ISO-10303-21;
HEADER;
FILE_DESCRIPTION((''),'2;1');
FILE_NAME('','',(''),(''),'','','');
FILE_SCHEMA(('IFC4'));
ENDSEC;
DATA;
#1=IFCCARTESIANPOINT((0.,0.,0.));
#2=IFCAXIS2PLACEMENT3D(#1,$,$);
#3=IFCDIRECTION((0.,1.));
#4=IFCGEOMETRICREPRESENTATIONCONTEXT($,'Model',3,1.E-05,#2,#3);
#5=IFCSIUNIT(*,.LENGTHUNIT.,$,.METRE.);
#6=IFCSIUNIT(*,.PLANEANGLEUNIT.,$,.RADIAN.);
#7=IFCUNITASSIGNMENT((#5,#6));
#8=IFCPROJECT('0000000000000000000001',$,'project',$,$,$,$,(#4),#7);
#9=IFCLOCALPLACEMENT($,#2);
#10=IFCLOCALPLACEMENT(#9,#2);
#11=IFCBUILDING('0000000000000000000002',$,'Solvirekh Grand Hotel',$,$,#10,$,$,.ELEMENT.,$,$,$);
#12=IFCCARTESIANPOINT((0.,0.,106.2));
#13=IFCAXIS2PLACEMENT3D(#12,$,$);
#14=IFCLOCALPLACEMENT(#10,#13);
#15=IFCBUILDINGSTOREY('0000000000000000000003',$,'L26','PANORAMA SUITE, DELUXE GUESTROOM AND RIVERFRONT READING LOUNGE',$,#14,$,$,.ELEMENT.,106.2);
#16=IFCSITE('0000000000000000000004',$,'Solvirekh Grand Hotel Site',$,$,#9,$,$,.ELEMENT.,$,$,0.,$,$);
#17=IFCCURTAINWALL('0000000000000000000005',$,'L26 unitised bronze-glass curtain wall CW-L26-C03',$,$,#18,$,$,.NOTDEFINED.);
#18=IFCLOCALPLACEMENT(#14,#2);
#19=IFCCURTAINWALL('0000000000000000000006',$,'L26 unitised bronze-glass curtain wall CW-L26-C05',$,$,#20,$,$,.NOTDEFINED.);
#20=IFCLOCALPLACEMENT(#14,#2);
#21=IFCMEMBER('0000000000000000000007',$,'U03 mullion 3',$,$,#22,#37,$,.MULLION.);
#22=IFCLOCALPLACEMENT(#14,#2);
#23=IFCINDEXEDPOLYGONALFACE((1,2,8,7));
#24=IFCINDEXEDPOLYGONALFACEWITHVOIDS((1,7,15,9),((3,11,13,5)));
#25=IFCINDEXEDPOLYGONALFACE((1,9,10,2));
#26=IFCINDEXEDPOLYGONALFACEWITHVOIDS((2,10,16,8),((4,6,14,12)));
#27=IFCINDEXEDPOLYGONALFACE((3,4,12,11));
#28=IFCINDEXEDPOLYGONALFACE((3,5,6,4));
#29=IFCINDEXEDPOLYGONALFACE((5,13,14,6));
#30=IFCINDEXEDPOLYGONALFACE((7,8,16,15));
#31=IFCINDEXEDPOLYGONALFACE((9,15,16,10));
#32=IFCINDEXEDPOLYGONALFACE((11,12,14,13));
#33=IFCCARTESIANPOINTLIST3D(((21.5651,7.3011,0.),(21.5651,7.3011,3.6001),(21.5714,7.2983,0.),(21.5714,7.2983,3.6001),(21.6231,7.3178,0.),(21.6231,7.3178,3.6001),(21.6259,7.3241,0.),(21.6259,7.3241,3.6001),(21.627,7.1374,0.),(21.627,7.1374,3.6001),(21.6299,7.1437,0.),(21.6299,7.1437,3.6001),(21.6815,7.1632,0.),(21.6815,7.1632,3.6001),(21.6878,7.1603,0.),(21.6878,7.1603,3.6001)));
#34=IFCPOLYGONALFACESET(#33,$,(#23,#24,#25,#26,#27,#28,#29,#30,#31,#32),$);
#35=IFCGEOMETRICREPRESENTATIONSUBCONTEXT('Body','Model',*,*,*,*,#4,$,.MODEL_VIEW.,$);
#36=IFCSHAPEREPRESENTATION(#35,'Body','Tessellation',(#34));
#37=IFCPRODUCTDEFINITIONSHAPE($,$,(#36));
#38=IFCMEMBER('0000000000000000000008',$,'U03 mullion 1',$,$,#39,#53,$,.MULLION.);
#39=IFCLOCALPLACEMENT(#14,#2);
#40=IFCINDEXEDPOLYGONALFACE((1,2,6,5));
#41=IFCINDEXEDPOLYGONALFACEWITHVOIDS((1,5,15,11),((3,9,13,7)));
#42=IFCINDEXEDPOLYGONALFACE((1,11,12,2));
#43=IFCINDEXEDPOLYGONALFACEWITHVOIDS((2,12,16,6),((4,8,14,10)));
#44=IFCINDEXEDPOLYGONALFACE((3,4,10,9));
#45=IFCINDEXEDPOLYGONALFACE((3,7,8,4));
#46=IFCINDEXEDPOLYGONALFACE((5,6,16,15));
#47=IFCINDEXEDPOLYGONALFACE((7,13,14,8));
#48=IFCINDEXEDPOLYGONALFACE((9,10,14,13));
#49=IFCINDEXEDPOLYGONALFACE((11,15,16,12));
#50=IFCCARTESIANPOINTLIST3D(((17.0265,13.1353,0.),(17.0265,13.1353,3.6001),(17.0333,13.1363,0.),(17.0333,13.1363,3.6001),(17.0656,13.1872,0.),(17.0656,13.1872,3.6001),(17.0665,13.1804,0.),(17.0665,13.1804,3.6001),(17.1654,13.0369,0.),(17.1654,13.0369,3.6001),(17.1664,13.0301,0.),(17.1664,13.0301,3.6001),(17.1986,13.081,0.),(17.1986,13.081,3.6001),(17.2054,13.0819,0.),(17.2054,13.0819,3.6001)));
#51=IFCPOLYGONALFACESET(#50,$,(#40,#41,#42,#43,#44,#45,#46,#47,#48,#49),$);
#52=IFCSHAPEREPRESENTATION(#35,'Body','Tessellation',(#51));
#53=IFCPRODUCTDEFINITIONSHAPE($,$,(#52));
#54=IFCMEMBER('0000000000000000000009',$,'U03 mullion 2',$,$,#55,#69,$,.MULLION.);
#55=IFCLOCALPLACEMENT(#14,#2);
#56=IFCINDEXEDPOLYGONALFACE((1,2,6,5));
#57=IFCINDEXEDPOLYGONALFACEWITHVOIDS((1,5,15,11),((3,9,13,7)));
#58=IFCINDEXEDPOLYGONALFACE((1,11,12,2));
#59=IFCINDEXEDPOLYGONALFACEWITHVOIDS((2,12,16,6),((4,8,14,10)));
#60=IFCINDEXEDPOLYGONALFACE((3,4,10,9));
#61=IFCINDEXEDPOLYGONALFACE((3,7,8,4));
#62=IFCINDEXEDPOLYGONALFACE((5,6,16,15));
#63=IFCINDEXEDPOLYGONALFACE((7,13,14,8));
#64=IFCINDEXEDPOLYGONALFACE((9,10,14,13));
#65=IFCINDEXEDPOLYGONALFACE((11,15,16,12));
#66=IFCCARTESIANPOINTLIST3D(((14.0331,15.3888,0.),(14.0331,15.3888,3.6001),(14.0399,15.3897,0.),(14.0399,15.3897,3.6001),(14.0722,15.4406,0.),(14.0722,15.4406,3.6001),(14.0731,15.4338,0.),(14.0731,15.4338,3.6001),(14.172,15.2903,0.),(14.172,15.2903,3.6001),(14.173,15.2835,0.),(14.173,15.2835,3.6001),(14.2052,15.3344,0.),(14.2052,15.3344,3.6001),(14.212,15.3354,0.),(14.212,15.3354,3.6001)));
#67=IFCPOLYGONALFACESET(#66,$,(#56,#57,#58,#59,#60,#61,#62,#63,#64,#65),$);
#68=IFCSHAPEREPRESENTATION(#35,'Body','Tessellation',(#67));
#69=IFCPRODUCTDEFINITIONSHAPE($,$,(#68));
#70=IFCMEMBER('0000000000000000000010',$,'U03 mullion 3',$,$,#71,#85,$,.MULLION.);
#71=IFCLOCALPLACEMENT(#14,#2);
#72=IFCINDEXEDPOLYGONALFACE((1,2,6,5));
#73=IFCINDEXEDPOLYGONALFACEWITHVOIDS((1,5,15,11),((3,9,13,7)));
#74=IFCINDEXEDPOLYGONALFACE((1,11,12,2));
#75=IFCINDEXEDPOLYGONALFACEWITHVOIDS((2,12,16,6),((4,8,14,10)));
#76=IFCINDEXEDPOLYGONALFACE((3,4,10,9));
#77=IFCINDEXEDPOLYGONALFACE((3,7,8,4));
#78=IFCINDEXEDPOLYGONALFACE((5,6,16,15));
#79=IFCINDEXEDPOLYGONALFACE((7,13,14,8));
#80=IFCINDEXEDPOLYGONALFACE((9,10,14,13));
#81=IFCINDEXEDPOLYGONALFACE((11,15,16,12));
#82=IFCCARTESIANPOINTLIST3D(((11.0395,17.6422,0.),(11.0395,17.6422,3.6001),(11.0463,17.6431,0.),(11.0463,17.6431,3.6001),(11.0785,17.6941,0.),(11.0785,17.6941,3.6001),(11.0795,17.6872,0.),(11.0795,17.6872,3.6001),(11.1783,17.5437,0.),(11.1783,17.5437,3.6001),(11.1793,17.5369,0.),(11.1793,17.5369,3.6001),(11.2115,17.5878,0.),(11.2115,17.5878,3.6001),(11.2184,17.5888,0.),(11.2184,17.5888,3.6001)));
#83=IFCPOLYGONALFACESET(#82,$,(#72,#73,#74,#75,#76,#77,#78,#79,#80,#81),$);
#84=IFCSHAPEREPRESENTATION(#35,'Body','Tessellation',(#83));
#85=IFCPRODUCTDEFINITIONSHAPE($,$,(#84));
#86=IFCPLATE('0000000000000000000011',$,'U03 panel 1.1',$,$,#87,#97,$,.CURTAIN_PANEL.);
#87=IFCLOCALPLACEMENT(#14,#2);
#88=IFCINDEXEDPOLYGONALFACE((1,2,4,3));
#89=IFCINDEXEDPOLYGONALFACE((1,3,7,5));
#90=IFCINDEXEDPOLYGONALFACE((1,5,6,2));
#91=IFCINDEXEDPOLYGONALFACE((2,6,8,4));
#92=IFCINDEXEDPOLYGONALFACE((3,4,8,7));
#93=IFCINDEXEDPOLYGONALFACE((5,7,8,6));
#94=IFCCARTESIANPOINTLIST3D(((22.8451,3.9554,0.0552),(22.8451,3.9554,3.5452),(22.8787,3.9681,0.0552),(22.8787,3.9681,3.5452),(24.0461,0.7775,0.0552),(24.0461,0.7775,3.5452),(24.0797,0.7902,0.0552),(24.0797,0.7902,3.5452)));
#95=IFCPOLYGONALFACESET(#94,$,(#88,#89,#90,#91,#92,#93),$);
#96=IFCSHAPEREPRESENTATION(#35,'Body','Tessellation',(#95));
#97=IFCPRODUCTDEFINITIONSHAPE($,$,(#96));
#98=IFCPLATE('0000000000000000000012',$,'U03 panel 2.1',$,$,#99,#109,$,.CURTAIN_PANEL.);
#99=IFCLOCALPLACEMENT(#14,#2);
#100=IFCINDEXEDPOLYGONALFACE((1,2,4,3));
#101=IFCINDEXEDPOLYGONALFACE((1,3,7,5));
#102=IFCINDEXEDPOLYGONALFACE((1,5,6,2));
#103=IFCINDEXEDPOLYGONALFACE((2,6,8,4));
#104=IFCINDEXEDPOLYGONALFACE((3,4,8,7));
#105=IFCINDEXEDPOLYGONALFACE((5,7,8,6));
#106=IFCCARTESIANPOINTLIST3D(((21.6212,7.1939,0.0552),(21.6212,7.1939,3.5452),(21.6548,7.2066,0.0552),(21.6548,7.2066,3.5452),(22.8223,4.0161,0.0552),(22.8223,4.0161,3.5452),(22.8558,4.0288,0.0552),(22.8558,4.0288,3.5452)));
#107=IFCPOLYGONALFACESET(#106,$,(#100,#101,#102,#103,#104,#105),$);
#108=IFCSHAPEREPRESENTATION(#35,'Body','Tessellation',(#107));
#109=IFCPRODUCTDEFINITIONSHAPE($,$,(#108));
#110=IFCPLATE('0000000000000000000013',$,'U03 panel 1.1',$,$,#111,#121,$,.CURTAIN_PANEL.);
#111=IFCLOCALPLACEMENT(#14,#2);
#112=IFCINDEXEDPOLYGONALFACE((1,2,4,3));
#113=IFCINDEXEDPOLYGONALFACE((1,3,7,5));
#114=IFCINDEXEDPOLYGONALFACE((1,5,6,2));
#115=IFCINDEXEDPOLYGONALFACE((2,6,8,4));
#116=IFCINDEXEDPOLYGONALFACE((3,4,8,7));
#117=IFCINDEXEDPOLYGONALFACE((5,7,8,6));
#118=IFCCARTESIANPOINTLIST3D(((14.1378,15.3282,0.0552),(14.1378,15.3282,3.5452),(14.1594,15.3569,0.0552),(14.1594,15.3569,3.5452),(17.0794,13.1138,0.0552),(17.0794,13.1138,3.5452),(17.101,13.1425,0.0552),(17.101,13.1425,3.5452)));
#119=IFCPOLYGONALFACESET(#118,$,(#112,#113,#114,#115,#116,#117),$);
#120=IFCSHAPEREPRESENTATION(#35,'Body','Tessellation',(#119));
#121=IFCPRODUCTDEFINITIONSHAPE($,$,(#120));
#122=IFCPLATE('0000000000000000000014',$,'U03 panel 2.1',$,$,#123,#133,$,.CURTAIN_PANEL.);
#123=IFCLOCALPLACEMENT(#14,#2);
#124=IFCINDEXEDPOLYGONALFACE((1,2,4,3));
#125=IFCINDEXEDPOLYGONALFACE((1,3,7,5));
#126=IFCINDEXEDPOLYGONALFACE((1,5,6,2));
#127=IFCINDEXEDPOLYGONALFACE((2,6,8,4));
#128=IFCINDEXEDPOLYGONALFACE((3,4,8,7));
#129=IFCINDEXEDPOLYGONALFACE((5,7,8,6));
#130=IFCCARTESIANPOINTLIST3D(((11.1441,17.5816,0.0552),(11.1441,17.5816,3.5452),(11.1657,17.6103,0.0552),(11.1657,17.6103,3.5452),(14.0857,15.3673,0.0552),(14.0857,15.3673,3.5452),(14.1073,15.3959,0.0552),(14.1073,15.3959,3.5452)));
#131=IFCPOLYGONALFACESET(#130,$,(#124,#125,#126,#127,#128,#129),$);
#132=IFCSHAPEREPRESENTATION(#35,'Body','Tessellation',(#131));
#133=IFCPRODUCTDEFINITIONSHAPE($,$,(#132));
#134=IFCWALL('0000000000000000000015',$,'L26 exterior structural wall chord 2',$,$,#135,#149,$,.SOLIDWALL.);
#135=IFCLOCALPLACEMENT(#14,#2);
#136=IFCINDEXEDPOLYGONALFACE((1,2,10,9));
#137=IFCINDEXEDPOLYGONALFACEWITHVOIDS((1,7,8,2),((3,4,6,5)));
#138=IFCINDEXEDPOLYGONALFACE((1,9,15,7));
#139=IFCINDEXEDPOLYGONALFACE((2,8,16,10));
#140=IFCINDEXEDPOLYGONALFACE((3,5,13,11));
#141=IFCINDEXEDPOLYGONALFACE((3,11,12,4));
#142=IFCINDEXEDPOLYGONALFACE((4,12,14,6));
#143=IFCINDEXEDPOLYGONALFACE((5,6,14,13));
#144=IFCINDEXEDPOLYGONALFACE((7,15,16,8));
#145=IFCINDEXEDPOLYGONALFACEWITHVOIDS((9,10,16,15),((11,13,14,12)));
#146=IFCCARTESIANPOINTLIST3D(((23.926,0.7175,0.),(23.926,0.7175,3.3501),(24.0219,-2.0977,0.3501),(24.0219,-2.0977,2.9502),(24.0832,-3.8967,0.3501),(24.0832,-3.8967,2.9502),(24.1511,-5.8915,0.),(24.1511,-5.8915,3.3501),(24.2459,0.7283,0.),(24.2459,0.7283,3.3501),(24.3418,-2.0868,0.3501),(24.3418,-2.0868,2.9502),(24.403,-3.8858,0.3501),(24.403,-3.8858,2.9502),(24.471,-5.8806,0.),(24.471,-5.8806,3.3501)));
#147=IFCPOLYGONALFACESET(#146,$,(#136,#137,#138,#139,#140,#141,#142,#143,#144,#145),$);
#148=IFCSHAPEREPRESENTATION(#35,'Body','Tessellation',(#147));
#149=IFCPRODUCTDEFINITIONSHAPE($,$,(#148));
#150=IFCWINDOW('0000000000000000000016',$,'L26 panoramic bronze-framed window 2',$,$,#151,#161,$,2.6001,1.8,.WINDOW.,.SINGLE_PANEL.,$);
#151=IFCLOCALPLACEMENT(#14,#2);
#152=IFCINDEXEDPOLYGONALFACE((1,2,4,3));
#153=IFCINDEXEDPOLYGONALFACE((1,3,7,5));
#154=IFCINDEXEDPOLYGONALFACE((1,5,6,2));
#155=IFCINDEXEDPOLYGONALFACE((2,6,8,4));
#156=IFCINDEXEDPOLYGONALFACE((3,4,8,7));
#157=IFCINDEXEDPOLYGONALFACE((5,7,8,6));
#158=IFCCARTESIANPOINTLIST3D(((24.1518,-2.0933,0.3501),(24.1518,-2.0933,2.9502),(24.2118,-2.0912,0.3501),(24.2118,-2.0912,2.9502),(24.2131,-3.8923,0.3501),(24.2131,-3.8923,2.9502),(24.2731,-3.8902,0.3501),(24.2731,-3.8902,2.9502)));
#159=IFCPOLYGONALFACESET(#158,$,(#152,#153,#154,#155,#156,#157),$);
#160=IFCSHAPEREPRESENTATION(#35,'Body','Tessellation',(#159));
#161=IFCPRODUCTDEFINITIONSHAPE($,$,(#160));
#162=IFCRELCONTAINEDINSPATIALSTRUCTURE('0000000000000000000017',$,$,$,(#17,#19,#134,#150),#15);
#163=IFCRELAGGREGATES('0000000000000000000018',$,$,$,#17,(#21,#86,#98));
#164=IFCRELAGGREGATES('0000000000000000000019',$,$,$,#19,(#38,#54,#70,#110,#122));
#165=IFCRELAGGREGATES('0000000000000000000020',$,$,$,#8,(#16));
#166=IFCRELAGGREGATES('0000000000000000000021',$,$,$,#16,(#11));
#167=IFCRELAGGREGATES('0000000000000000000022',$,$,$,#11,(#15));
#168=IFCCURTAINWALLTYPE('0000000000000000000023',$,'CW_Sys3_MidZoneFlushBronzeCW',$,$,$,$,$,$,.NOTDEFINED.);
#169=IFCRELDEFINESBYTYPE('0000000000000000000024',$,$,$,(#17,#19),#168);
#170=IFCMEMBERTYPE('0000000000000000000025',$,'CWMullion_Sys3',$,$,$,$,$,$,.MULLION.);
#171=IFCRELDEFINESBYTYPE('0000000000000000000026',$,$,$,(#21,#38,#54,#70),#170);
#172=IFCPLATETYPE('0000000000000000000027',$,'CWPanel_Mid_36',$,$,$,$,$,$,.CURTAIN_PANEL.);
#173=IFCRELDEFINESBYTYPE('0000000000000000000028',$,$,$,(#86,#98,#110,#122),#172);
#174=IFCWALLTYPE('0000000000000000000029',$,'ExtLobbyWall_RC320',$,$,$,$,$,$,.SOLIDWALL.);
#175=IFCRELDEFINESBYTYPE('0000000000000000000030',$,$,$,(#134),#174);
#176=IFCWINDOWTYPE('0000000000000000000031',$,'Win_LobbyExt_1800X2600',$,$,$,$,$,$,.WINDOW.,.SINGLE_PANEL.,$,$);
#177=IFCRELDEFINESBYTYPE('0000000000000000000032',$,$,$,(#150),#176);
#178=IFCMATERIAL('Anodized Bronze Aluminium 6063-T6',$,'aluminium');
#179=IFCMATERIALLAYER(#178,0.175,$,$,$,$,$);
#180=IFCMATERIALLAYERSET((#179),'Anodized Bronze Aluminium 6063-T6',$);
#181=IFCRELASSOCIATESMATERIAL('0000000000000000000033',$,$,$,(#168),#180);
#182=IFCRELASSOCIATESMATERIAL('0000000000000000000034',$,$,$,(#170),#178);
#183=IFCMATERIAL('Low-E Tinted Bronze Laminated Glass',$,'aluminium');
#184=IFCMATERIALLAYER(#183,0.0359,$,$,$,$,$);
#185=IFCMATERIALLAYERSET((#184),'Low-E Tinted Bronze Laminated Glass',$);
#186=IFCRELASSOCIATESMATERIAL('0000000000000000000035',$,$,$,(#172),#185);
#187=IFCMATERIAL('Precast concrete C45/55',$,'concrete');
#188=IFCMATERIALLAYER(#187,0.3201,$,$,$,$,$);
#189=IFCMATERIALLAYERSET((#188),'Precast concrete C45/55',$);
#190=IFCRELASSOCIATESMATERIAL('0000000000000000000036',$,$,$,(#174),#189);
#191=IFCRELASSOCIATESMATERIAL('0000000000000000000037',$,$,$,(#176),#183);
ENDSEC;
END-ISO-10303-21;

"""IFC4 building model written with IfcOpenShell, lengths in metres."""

from ifc_helpers import new_model, si_unit, direction, frame, frame_2d, origin, origin_2d, place, context, subcontext, project, spatial, rectangle, hollow_rectangle, extrude, source, transform, mapped, material, layer, layer_set, material_profile, profile_set, type_object, element, fill, aggregate, save


model = new_model("IFC4")

# Units and contexts
model_context = context("Model", 3, precision=1e-05, world=origin(), true_north=direction((0.0, 1.0)))
body_context = subcontext(model_context, "Body", "Model", "MODEL_VIEW")
ifc_project = project(units=[si_unit("LENGTHUNIT", "METRE"), si_unit("PLANEANGLEUNIT", "RADIAN")], contexts=[model_context])

# Site, building, storey
site_placement = place(None, origin())
site = spatial("IfcSite", under=ifc_project, at=site_placement, Name="Solvirekh Grand Hotel Site", CompositionType="ELEMENT", RefElevation=0.0)
building_placement = place(site_placement, origin())
building = spatial("IfcBuilding", under=site, at=building_placement, Name="Solvirekh Grand Hotel", CompositionType="ELEMENT")
storey_placement = place(building_placement, frame((0.0, 0.0, 106.2)))
storey = spatial("IfcBuildingStorey", under=building, at=storey_placement, Name="L26", Description="PANORAMA SUITE, DELUXE GUESTROOM AND RIVERFRONT READING LOUNGE", CompositionType="ELEMENT", Elevation=106.2)

# Curtain walls
ifc_material_1 = material(Name="Anodized Bronze Aluminium 6063-T6", Category="aluminium")
ifc_layer_1 = layer(ifc_material_1, 0.175)
ifc_layer_set_1 = layer_set([ifc_layer_1], Name="Anodized Bronze Aluminium 6063-T6")
curtain_wall_type = type_object("IfcCurtainWallType", Name="CW_Sys3_MidZoneFlushBronzeCW", PredefinedType="NOTDEFINED", material=ifc_layer_set_1)
curtain_wall_1_placement = place(storey_placement, origin())
curtain_wall_1 = element("IfcCurtainWall", 1, at=curtain_wall_1_placement, inside=storey, type_object=curtain_wall_type, Name="L26 unitised bronze-glass curtain wall CW-L26-C03", PredefinedType="NOTDEFINED")
curtain_wall_2_placement = place(storey_placement, origin())
curtain_wall_2 = element("IfcCurtainWall", 2, at=curtain_wall_2_placement, inside=storey, type_object=curtain_wall_type, Name="L26 unitised bronze-glass curtain wall CW-L26-C05", PredefinedType="NOTDEFINED")

# Members
ifc_material_profile_1 = material_profile(ifc_material_1, hollow_rectangle(XDim=0.0649, YDim=0.175, WallThickness=0.0049, at=origin_2d()), Name="ALU RHS 175X65X5")
ifc_profile_set_1 = profile_set([ifc_material_profile_1], Name="Anodized Bronze Aluminium 6063-T6")
member_type_1 = type_object("IfcMemberType", Name="CWMullion_Sys3", PredefinedType="MULLION", material=ifc_profile_set_1)
shared_shape_1 = source(origin(), body_context, "Body", "SweptSolid", [
    extrude(hollow_rectangle(XDim=0.0649, YDim=0.175, WallThickness=0.0049, at=origin_2d()), origin(), (0.0, 0.0, 1.0), 3.6001),
])
member_1_placement = place(storey_placement, frame((21.6265, 7.2307, 0.0), z_axis=(0.0, 0.0, 1.0), x_axis=(-0.935421, -0.353537, 0.0)))
member_1 = element("IfcMember", 3, at=member_1_placement, type_object=member_type_1, Name="U03 mullion 3", PredefinedType="MULLION", context=body_context, shape_type="MappedRepresentation", body=[
    mapped(shared_shape_1, transform((0.0, 0.0, 0.0), x_axis=(1.0, 0.0, 0.0), y_axis=(0.0, 1.0, 0.0), z_axis=(0.0, 0.0, 1.0), scale=1.0)),
])
member_2_placement = place(storey_placement, frame((17.116, 13.1086, 0.0), z_axis=(0.0, 0.0, 1.0), x_axis=(-0.601417, -0.798935, 0.0)))
member_2 = element("IfcMember", 4, at=member_2_placement, type_object=member_type_1, Name="U03 mullion 1", PredefinedType="MULLION", context=body_context, shape_type="MappedRepresentation", body=[
    mapped(shared_shape_1, transform((0.0, 0.0, 0.0), x_axis=(1.0, 0.0, 0.0), y_axis=(0.0, 1.0, 0.0), z_axis=(0.0, 0.0, 1.0), scale=1.0)),
])
member_3_placement = place(storey_placement, frame((14.1226, 15.3621, 0.0), z_axis=(0.0, 0.0, 1.0), x_axis=(-0.601417, -0.798935, 0.0)))
member_3 = element("IfcMember", 5, at=member_3_placement, type_object=member_type_1, Name="U03 mullion 2", PredefinedType="MULLION", context=body_context, shape_type="MappedRepresentation", body=[
    mapped(shared_shape_1, transform((0.0, 0.0, 0.0), x_axis=(1.0, 0.0, 0.0), y_axis=(0.0, 1.0, 0.0), z_axis=(0.0, 0.0, 1.0), scale=1.0)),
])
member_4_placement = place(storey_placement, frame((11.1289, 17.6155, 0.0), z_axis=(0.0, 0.0, 1.0), x_axis=(-0.601417, -0.798935, 0.0)))
member_4 = element("IfcMember", 6, at=member_4_placement, type_object=member_type_1, Name="U03 mullion 3", PredefinedType="MULLION", context=body_context, shape_type="MappedRepresentation", body=[
    mapped(shared_shape_1, transform((0.0, 0.0, 0.0), x_axis=(1.0, 0.0, 0.0), y_axis=(0.0, 1.0, 0.0), z_axis=(0.0, 0.0, 1.0), scale=1.0)),
])

# Plates
ifc_material_2 = material(Name="Low-E Tinted Bronze Laminated Glass", Category="aluminium")
ifc_layer_2 = layer(ifc_material_2, 0.0359)
ifc_layer_set_2 = layer_set([ifc_layer_2], Name="Low-E Tinted Bronze Laminated Glass")
plate_type = type_object("IfcPlateType", Name="CWPanel_Mid_36", PredefinedType="CURTAIN_PANEL", material=ifc_layer_set_2)
shared_shape_2 = source(origin(), body_context, "Body", "SweptSolid", [
    extrude(rectangle(XDim=3.3972, YDim=0.0359, at=origin_2d()), origin(), (0.0, 0.0, 1.0), 3.49),
])
plate_1_placement = place(storey_placement, frame((23.4624, 2.3728, 0.0552), z_axis=(0.0, 0.0, 1.0), x_axis=(-0.353537, 0.935421, 0.0)))
plate_1 = element("IfcPlate", 7, at=plate_1_placement, type_object=plate_type, Name="U03 panel 1.1", PredefinedType="CURTAIN_PANEL", context=body_context, shape_type="MappedRepresentation", body=[
    mapped(shared_shape_2, transform((0.0, 0.0, 0.0), x_axis=(1.0, 0.0, 0.0), y_axis=(0.0, 1.0, 0.0), z_axis=(0.0, 0.0, 1.0), scale=1.0)),
])
plate_2_placement = place(storey_placement, frame((22.2385, 5.6113, 0.0552), z_axis=(0.0, 0.0, 1.0), x_axis=(-0.353537, 0.935421, 0.0)))
plate_2 = element("IfcPlate", 8, at=plate_2_placement, type_object=plate_type, Name="U03 panel 2.1", PredefinedType="CURTAIN_PANEL", context=body_context, shape_type="MappedRepresentation", body=[
    mapped(shared_shape_2, transform((0.0, 0.0, 0.0), x_axis=(1.0, 0.0, 0.0), y_axis=(0.0, 1.0, 0.0), z_axis=(0.0, 0.0, 1.0), scale=1.0)),
])
aggregate(curtain_wall_1, [member_1, plate_1, plate_2])
shared_shape_3 = source(origin(), body_context, "Body", "SweptSolid", [
    extrude(rectangle(XDim=3.6819, YDim=0.0359, at=origin_2d()), origin(), (0.0, 0.0, 1.0), 3.49),
])
plate_3_placement = place(storey_placement, frame((15.6194, 14.2354, 0.0552), z_axis=(0.0, 0.0, 1.0), x_axis=(-0.798935, 0.601417, 0.0)))
plate_3 = element("IfcPlate", 9, at=plate_3_placement, type_object=plate_type, Name="U03 panel 1.1", PredefinedType="CURTAIN_PANEL", context=body_context, shape_type="MappedRepresentation", body=[
    mapped(shared_shape_3, transform((0.0, 0.0, 0.0), x_axis=(1.0, 0.0, 0.0), y_axis=(0.0, 1.0, 0.0), z_axis=(0.0, 0.0, 1.0), scale=1.0)),
])
plate_4_placement = place(storey_placement, frame((12.6257, 16.4888, 0.0552), z_axis=(0.0, 0.0, 1.0), x_axis=(-0.798935, 0.601417, 0.0)))
plate_4 = element("IfcPlate", 10, at=plate_4_placement, type_object=plate_type, Name="U03 panel 2.1", PredefinedType="CURTAIN_PANEL", context=body_context, shape_type="MappedRepresentation", body=[
    mapped(shared_shape_3, transform((0.0, 0.0, 0.0), x_axis=(1.0, 0.0, 0.0), y_axis=(0.0, 1.0, 0.0), z_axis=(0.0, 0.0, 1.0), scale=1.0)),
])
aggregate(curtain_wall_2, [member_2, member_3, member_4, plate_3, plate_4])

# Wall, opening, window
ifc_material_3 = material(Name="Precast concrete C45/55", Category="concrete")
ifc_layer_3 = layer(ifc_material_3, 0.3201)
ifc_layer_set_3 = layer_set([ifc_layer_3], Name="Precast concrete C45/55")
wall_type_1 = type_object("IfcWallType", Name="ExtLobbyWall_RC320", PredefinedType="SOLIDWALL", material=ifc_layer_set_3)
wall_1_placement = place(storey_placement, frame((24.0859, 0.7229, 0.0), z_axis=(0.0, 0.0, 1.0), x_axis=(0.03404, -0.99942, 0.0)))
wall_1 = element("IfcWall", 11, at=wall_1_placement, inside=storey, type_object=wall_type_1, Name="L26 exterior structural wall chord 2", PredefinedType="SOLIDWALL", context=body_context, shape_type="SweptSolid", body=[
    extrude(rectangle(XDim=6.6128, YDim=0.3201, at=frame_2d((3.3064, 0.0))), origin(), (0.0, 0.0, 1.0), 3.3501),
])
opening_1_placement = place(wall_1_placement, frame((2.8169, 0.0, 0.3501)))
opening_1 = element("IfcOpeningElement", 12, at=opening_1_placement, cuts=wall_1, PredefinedType="OPENING", context=body_context, shape_type="SweptSolid", body=[
    extrude(rectangle(XDim=1.8, YDim=2.6001, at=frame_2d((0.8999, 1.3))), frame((0.0, 0.1699, 0.0), z_axis=(0.0, -1.0, 0.0), x_axis=(1.0, 0.0, 0.0)), (0.0, 0.0, 1.0), 0.3401),
])
window_type = type_object("IfcWindowType", Name="Win_LobbyExt_1800X2600", PartitioningType="SINGLE_PANEL", PredefinedType="WINDOW", material=ifc_material_2)
window_1_placement = place(opening_1_placement, origin())
window_1 = element("IfcWindow", 13, at=window_1_placement, inside=storey, type_object=window_type, Name="L26 panoramic bronze-framed window 2", OverallHeight=2.6001, OverallWidth=1.8, PartitioningType="SINGLE_PANEL", PredefinedType="WINDOW", context=body_context, shape_type="SweptSolid", body=[
    extrude(rectangle(XDim=1.8, YDim=2.6001, at=frame_2d((0.8999, 1.3))), frame((0.0, 0.03, 0.0), z_axis=(0.0, -1.0, 0.0), x_axis=(1.0, 0.0, 0.0)), (0.0, 0.0, 1.0), 0.0601),
])
fill(opening_1, window_1)

save(model, "model.ifc")
